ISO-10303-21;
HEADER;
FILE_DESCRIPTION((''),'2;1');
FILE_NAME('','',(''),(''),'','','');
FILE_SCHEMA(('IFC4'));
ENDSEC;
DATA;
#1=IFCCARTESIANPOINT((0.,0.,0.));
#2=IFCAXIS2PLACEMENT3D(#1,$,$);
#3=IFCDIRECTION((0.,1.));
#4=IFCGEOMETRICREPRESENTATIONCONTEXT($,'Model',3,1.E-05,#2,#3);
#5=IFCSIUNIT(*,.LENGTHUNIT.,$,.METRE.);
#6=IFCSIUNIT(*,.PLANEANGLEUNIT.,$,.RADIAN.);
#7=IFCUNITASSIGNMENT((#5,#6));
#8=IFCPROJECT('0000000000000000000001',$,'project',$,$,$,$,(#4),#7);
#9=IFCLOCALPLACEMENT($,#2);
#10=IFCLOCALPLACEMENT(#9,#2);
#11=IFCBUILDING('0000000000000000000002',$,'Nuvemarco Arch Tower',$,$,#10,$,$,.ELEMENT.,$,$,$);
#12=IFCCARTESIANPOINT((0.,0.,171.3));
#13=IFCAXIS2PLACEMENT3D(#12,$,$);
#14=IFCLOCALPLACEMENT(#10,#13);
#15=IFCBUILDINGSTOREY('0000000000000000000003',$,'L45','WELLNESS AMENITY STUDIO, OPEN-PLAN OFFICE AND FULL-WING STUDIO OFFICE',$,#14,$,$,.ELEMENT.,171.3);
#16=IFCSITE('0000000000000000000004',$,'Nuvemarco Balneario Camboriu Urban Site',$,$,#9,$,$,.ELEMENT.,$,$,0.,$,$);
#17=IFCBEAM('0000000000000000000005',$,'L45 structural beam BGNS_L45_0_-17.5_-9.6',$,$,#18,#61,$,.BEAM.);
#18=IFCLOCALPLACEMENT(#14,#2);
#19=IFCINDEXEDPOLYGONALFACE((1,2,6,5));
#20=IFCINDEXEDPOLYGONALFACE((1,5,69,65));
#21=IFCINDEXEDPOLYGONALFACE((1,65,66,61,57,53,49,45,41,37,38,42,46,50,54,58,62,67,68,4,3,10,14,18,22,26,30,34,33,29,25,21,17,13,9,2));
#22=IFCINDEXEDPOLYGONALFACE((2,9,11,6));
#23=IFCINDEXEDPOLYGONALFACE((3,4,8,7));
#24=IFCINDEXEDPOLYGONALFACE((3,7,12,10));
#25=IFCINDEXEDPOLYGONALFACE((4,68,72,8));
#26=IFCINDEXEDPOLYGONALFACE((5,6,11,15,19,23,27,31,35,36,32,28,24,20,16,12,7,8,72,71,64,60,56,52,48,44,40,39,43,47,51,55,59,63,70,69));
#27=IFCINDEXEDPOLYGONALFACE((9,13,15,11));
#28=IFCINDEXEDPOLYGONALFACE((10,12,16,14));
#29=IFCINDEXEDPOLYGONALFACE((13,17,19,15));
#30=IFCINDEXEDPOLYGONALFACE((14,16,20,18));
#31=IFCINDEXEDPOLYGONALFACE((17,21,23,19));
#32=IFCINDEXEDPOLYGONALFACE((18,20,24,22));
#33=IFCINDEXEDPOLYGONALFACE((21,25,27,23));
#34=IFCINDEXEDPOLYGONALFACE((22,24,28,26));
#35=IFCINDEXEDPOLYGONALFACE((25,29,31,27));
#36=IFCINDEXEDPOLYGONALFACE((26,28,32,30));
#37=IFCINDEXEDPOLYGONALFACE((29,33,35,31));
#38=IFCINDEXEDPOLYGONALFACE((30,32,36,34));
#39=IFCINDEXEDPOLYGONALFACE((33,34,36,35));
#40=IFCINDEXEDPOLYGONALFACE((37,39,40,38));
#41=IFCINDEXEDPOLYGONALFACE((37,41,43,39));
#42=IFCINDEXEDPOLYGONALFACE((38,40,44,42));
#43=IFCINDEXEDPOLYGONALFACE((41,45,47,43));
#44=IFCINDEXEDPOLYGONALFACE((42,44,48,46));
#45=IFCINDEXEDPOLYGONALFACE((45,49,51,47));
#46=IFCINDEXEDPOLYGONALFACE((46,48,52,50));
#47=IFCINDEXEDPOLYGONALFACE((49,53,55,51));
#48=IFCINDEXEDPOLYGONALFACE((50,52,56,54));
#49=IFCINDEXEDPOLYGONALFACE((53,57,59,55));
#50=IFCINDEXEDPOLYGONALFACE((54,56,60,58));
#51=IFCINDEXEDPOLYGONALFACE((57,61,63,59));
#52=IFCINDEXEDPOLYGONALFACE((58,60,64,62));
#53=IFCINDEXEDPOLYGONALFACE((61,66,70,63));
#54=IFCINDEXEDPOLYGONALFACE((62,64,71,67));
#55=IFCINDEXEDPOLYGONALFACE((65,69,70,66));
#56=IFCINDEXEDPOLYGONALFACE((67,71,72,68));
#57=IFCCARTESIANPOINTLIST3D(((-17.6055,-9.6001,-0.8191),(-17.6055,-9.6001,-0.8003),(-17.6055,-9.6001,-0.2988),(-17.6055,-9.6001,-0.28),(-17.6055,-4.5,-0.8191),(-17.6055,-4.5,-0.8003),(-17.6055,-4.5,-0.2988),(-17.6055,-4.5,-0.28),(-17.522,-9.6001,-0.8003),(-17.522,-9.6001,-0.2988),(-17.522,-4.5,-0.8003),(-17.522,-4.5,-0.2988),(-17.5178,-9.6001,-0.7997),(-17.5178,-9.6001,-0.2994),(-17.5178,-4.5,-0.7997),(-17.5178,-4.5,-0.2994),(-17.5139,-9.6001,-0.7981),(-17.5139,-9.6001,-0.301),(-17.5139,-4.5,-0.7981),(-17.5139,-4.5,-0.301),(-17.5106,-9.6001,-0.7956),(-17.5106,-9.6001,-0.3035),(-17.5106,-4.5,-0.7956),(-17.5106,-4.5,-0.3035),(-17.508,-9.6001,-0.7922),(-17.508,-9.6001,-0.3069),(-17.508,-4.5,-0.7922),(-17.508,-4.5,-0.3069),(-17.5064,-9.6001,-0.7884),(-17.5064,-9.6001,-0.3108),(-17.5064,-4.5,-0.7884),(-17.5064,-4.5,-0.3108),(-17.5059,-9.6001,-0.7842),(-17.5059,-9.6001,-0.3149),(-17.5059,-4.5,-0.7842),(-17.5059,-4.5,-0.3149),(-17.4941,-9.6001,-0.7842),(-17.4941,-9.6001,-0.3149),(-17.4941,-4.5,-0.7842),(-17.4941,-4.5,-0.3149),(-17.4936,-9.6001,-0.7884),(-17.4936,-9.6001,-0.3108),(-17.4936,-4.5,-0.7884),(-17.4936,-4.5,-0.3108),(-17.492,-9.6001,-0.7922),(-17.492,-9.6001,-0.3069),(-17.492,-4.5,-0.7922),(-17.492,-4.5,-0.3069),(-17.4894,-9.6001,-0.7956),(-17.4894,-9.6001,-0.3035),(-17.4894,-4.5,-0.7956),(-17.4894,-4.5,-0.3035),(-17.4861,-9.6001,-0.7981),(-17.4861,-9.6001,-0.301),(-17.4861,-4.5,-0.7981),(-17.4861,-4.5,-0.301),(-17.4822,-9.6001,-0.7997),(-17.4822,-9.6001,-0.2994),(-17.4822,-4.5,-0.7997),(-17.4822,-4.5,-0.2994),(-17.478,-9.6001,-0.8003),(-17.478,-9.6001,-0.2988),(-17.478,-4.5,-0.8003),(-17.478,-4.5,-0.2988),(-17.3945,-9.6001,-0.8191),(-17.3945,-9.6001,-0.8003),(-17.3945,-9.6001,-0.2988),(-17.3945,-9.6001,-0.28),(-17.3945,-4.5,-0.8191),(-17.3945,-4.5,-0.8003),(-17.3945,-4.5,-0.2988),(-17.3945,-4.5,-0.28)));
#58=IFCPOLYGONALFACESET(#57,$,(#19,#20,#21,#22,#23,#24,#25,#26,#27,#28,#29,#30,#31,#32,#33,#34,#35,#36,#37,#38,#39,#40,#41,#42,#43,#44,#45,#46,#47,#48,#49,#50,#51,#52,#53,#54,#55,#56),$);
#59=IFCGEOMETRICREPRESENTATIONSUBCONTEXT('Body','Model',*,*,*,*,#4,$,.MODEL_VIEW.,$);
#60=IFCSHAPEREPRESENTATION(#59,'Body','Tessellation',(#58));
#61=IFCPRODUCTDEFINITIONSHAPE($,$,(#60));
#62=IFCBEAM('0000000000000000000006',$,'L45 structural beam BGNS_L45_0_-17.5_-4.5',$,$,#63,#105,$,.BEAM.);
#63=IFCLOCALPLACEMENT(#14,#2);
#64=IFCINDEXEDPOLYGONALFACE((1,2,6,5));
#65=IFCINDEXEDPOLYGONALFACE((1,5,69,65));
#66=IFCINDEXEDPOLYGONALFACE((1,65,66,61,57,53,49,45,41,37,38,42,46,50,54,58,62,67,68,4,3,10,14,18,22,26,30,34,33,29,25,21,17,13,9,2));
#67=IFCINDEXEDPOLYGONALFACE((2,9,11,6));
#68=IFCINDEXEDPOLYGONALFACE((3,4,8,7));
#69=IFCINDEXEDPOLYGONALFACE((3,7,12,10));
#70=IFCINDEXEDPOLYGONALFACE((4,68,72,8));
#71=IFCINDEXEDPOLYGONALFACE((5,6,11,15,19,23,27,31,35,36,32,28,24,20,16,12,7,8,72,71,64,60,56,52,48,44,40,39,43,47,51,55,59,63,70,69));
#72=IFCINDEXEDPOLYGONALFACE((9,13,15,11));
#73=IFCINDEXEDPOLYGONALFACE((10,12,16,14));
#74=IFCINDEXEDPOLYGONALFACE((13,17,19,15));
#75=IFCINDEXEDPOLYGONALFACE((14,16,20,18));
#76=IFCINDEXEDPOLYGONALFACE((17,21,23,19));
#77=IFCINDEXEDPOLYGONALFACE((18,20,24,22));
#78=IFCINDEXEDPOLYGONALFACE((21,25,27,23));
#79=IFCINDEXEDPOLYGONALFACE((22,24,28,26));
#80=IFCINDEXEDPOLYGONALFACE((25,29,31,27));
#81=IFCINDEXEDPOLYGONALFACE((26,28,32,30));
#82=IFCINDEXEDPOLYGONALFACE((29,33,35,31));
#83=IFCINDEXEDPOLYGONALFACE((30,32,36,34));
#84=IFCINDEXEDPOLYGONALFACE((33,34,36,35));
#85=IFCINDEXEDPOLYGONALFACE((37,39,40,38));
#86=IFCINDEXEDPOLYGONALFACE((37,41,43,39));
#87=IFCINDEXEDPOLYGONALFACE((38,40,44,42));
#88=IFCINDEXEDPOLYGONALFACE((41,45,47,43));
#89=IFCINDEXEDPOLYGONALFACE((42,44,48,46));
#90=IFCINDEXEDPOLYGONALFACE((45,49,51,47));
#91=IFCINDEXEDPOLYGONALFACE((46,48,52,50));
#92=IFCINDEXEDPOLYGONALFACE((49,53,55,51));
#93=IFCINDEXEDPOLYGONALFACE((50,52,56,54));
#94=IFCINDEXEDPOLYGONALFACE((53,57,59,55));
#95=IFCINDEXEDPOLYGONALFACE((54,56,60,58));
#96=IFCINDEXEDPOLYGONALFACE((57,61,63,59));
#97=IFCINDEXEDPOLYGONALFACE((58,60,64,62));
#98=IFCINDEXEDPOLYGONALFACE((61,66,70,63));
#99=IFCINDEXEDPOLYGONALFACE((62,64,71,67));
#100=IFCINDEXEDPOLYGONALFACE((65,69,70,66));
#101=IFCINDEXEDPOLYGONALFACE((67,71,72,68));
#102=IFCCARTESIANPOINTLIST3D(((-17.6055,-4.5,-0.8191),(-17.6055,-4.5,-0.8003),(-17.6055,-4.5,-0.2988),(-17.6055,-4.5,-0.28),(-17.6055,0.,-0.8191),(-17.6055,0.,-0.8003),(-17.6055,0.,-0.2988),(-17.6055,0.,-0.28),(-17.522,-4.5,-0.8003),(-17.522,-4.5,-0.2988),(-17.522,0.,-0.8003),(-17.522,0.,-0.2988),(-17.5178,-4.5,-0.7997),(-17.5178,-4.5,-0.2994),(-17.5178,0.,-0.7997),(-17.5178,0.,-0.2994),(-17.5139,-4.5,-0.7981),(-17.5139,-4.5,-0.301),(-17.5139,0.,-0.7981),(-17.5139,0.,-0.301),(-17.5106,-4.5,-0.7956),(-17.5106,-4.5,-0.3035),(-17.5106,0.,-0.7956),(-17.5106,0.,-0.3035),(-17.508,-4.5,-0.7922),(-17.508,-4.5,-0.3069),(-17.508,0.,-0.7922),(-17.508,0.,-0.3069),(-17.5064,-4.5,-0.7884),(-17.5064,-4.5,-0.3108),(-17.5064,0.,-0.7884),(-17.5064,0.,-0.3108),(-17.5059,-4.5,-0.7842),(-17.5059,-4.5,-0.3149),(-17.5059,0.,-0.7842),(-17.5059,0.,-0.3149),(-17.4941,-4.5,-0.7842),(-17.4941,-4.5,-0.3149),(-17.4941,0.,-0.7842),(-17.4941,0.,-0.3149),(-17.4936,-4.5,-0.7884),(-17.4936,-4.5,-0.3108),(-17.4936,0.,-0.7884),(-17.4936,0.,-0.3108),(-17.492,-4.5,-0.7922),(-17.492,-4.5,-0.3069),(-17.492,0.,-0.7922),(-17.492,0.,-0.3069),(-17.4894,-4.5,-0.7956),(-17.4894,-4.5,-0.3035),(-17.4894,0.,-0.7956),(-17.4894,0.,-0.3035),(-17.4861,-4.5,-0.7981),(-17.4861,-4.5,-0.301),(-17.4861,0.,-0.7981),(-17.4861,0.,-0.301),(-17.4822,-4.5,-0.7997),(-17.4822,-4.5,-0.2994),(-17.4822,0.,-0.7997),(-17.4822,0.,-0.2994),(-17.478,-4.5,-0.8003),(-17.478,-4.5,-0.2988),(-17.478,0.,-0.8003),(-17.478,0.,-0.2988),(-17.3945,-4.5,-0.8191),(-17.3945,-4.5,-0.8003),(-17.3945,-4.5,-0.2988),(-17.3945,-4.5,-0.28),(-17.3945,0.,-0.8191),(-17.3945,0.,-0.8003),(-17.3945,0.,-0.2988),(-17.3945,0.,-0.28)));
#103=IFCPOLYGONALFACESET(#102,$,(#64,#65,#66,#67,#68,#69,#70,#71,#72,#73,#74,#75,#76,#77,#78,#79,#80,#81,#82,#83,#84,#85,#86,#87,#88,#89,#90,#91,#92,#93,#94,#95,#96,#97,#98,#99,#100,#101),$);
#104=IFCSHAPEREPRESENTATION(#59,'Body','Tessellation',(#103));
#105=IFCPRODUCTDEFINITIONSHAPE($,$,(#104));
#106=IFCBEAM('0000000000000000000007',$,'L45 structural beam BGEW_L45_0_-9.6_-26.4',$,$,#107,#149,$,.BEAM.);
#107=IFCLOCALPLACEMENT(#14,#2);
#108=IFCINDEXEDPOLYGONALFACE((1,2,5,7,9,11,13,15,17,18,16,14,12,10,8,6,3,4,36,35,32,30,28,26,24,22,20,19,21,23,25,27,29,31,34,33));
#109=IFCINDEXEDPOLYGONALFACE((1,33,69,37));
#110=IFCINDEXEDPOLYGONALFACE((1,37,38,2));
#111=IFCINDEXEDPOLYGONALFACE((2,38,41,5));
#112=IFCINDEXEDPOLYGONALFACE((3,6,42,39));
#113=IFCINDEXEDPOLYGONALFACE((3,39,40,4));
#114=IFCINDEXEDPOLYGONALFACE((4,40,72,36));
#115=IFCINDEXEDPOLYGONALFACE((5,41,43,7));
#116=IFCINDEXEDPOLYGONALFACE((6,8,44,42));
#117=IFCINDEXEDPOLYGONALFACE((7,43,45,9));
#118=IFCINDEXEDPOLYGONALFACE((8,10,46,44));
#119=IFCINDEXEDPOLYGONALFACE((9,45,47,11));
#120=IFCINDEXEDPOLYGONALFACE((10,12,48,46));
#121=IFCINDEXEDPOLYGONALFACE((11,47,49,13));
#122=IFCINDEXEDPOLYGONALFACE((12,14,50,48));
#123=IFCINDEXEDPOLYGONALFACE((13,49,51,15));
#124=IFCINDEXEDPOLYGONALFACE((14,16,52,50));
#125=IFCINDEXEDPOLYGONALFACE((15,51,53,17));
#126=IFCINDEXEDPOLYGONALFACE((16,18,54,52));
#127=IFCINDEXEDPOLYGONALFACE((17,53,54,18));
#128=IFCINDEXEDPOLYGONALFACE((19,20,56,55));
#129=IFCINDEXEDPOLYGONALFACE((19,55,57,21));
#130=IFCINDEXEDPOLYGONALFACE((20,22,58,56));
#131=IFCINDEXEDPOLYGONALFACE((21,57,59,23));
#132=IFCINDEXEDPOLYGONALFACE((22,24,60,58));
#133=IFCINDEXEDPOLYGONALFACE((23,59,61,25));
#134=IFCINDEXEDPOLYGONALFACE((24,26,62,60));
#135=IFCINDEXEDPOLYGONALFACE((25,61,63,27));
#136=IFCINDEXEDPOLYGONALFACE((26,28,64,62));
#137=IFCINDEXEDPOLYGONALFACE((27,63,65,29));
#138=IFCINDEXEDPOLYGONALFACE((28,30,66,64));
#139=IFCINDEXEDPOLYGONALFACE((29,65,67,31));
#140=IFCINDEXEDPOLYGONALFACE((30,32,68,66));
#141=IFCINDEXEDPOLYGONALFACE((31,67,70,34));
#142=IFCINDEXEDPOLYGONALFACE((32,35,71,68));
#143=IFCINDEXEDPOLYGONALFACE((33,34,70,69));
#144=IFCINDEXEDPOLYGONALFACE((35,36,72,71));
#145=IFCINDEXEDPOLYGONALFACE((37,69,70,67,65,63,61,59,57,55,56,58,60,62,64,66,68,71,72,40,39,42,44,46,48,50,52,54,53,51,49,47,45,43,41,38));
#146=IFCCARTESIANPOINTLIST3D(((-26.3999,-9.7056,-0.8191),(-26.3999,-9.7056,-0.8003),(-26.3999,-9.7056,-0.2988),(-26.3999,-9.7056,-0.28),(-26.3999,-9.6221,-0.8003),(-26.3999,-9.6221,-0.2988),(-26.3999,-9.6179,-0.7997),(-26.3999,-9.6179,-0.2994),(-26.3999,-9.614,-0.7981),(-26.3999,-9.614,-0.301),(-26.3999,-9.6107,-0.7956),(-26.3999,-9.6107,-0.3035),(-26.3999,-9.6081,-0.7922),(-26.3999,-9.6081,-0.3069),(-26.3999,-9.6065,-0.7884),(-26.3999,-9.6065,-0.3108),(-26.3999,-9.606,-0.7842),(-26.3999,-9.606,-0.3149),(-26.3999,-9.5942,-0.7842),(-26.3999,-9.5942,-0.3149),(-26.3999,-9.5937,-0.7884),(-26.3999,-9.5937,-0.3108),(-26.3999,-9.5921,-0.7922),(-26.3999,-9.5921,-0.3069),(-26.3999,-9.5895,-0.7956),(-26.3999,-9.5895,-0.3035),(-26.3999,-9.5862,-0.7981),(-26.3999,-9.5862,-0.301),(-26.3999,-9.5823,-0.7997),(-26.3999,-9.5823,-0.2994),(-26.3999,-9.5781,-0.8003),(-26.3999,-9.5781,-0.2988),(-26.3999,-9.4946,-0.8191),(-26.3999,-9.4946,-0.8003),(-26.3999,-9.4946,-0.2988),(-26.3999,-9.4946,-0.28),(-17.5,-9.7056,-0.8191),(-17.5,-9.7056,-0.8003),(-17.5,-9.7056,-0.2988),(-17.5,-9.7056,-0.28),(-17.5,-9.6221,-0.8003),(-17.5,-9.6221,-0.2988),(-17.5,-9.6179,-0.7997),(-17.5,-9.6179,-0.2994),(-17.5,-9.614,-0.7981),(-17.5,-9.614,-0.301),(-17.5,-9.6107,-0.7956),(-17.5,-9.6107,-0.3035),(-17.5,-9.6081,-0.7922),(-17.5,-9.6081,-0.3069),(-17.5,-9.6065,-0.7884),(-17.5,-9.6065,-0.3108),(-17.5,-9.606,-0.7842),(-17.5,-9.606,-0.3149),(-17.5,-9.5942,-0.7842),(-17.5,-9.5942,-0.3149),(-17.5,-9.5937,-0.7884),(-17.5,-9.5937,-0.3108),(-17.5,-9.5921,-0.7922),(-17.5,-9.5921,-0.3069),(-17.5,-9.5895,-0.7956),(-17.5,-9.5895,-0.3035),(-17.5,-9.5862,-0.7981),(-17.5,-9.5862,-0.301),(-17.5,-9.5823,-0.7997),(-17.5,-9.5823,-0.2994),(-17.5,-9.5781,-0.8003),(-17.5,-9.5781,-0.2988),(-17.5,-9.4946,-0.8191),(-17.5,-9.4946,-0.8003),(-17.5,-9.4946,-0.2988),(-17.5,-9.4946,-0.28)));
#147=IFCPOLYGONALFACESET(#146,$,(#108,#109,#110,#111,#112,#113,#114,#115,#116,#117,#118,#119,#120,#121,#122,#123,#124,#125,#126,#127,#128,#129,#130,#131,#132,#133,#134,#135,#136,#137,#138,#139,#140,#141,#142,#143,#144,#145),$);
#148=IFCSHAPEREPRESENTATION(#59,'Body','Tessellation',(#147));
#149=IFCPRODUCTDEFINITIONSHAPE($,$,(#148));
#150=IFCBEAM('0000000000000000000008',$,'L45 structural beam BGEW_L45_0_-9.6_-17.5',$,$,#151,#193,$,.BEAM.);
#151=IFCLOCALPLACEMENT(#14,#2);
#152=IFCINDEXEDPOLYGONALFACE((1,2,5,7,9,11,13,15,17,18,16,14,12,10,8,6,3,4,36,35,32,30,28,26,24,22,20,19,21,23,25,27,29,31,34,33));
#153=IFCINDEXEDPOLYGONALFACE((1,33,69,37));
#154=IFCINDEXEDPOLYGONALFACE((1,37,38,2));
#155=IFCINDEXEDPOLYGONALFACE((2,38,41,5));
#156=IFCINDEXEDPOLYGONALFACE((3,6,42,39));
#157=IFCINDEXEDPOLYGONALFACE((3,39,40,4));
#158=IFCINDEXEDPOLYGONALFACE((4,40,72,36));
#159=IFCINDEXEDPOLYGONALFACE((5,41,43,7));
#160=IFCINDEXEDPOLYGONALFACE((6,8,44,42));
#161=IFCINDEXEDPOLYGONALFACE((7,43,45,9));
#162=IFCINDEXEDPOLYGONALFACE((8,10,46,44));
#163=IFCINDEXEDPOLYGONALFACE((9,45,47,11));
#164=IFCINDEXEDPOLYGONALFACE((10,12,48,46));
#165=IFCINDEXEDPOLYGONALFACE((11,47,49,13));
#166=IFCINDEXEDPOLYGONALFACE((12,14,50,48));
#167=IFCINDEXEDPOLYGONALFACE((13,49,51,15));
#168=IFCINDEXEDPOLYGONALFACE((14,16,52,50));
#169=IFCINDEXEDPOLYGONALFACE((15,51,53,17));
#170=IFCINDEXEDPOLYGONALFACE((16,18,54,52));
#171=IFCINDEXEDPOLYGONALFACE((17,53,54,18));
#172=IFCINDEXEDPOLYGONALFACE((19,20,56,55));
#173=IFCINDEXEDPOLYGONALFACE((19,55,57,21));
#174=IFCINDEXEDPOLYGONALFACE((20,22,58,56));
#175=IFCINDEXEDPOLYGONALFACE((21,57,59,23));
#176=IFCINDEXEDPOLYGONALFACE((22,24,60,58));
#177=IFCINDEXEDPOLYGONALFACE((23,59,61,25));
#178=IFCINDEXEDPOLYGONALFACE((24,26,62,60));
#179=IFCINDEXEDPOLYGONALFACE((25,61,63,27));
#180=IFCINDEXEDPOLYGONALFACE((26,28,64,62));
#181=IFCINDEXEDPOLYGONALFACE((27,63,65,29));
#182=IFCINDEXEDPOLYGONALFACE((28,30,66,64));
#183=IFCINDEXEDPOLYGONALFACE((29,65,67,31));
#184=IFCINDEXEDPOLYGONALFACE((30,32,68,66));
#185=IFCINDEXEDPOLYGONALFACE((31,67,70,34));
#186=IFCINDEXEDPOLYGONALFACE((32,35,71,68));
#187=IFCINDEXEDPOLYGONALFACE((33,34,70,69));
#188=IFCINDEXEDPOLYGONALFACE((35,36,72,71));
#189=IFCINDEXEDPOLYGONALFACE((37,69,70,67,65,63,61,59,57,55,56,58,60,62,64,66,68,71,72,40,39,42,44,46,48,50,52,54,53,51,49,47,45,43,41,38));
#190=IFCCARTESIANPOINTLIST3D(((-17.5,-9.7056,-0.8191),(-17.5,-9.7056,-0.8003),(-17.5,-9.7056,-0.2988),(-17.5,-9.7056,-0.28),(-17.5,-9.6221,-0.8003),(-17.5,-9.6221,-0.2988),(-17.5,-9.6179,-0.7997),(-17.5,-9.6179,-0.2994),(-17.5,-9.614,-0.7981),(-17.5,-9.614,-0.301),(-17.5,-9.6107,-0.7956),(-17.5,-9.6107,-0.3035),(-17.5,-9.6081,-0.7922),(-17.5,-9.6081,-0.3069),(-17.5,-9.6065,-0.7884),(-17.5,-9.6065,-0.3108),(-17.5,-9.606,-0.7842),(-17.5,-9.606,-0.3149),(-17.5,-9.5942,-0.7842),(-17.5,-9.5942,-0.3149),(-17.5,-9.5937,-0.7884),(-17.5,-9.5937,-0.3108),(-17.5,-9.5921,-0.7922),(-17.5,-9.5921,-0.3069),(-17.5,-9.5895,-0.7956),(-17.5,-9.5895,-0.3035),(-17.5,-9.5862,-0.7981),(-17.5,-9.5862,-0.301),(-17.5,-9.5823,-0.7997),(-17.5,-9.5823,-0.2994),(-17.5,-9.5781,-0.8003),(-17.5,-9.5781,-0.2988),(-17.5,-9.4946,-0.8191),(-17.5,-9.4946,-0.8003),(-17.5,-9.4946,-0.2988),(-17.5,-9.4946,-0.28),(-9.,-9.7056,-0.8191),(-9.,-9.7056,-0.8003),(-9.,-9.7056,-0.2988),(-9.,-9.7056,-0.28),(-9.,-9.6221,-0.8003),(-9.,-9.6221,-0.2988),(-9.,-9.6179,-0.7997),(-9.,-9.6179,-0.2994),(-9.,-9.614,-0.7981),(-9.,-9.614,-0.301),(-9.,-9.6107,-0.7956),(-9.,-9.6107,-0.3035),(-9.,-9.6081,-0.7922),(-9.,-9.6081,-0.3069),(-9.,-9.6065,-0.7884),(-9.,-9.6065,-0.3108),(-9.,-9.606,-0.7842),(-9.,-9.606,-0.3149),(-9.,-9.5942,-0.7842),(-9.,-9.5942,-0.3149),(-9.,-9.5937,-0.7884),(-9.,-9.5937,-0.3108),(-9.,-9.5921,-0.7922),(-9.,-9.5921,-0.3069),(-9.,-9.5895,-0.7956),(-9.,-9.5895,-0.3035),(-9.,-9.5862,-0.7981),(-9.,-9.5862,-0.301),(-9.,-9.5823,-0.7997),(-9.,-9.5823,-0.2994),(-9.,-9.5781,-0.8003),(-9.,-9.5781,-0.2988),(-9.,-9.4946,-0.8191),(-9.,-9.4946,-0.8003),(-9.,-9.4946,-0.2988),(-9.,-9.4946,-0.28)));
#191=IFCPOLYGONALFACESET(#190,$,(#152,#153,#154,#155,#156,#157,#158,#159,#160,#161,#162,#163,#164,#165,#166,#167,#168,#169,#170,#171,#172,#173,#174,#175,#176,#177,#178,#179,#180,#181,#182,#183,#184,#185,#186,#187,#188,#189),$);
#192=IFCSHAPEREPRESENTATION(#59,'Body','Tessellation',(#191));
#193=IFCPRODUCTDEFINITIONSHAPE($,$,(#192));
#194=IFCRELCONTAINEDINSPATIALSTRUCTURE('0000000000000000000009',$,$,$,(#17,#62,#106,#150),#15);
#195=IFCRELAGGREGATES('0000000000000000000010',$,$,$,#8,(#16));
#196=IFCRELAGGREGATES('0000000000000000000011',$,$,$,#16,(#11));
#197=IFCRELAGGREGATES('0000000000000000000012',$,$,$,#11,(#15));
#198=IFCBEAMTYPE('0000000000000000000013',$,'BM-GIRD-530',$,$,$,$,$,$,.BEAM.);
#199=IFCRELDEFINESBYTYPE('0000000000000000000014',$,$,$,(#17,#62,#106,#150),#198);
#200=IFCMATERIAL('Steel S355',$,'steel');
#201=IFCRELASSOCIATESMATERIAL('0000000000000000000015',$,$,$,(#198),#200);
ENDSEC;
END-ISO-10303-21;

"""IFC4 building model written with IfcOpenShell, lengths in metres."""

from ifc_helpers import new_model, si_unit, direction, frame, origin, origin_2d, place, context, subcontext, project, spatial, i_section, extrude, material, material_profile, profile_set, type_object, element, save


model = new_model("IFC4")

# Units and contexts
model_context = context("Model", 3, precision=1e-05, world=origin(), true_north=direction((0.0, 1.0)))
body_context = subcontext(model_context, "Body", "Model", "MODEL_VIEW")
ifc_project = project(units=[si_unit("LENGTHUNIT", "METRE"), si_unit("PLANEANGLEUNIT", "RADIAN")], contexts=[model_context])

# Site, building, storey
site_placement = place(None, origin())
site = spatial("IfcSite", under=ifc_project, at=site_placement, Name="Nuvemarco Balneario Camboriu Urban Site", CompositionType="ELEMENT", RefElevation=0.0)
building_placement = place(site_placement, origin())
building = spatial("IfcBuilding", under=site, at=building_placement, Name="Nuvemarco Arch Tower", CompositionType="ELEMENT")
storey_placement = place(building_placement, frame((0.0, 0.0, 171.3)))
storey = spatial("IfcBuildingStorey", under=building, at=storey_placement, Name="L45", Description="WELLNESS AMENITY STUDIO, OPEN-PLAN OFFICE AND FULL-WING STUDIO OFFICE", CompositionType="ELEMENT", Elevation=171.3)

# Shared definitions
ifc_material_1 = material(Name="Steel S355", Category="steel")

# Beams
ifc_material_profile_1 = material_profile(ifc_material_1, i_section(OverallWidth=0.2109, OverallDepth=0.5391, WebThickness=0.0117, FlangeThickness=0.0188, FilletRadius=0.0161, at=origin_2d()), Name="W530x109")
ifc_profile_set_1 = profile_set([ifc_material_profile_1], Name="Steel S355")
beam_type_1 = type_object("IfcBeamType", Name="BM-GIRD-530", PredefinedType="BEAM", material=ifc_profile_set_1)
beam_1_placement = place(storey_placement, frame((-17.5, -9.6001, -0.5496), z_axis=(0.0, 1.0, 0.0), x_axis=(-1.0, 0.0, 0.0)))
element("IfcBeam", 1, at=beam_1_placement, inside=storey, type_object=beam_type_1, Name="L45 structural beam BGNS_L45_0_-17.5_-9.6", PredefinedType="BEAM", context=body_context, shape_type="SweptSolid", body=[
    extrude(i_section(OverallWidth=0.2109, OverallDepth=0.5391, WebThickness=0.0117, FlangeThickness=0.0188, FilletRadius=0.0161, at=origin_2d()), origin(), (0.0, 0.0, 1.0), 5.1001),
])
beam_2_placement = place(storey_placement, frame((-17.5, -4.5, -0.5496), z_axis=(0.0, 1.0, 0.0), x_axis=(-1.0, 0.0, 0.0)))
element("IfcBeam", 2, at=beam_2_placement, inside=storey, type_object=beam_type_1, Name="L45 structural beam BGNS_L45_0_-17.5_-4.5", PredefinedType="BEAM", context=body_context, shape_type="SweptSolid", body=[
    extrude(i_section(OverallWidth=0.2109, OverallDepth=0.5391, WebThickness=0.0117, FlangeThickness=0.0188, FilletRadius=0.0161, at=origin_2d()), origin(), (0.0, 0.0, 1.0), 4.5),
])
beam_3_placement = place(storey_placement, frame((-26.3999, -9.6001, -0.5496), z_axis=(1.0, 0.0, 0.0), x_axis=(0.0, 1.0, 0.0)))
element("IfcBeam", 3, at=beam_3_placement, inside=storey, type_object=beam_type_1, Name="L45 structural beam BGEW_L45_0_-9.6_-26.4", PredefinedType="BEAM", context=body_context, shape_type="SweptSolid", body=[
    extrude(i_section(OverallWidth=0.2109, OverallDepth=0.5391, WebThickness=0.0117, FlangeThickness=0.0188, FilletRadius=0.0161, at=origin_2d()), origin(), (0.0, 0.0, 1.0), 8.8999),
])
beam_4_placement = place(storey_placement, frame((-17.5, -9.6001, -0.5496), z_axis=(1.0, 0.0, 0.0), x_axis=(0.0, 1.0, 0.0)))
element("IfcBeam", 4, at=beam_4_placement, inside=storey, type_object=beam_type_1, Name="L45 structural beam BGEW_L45_0_-9.6_-17.5", PredefinedType="BEAM", context=body_context, shape_type="SweptSolid", body=[
    extrude(i_section(OverallWidth=0.2109, OverallDepth=0.5391, WebThickness=0.0117, FlangeThickness=0.0188, FilletRadius=0.0161, at=origin_2d()), origin(), (0.0, 0.0, 1.0), 8.5),
])

save(model, "model.ifc")
